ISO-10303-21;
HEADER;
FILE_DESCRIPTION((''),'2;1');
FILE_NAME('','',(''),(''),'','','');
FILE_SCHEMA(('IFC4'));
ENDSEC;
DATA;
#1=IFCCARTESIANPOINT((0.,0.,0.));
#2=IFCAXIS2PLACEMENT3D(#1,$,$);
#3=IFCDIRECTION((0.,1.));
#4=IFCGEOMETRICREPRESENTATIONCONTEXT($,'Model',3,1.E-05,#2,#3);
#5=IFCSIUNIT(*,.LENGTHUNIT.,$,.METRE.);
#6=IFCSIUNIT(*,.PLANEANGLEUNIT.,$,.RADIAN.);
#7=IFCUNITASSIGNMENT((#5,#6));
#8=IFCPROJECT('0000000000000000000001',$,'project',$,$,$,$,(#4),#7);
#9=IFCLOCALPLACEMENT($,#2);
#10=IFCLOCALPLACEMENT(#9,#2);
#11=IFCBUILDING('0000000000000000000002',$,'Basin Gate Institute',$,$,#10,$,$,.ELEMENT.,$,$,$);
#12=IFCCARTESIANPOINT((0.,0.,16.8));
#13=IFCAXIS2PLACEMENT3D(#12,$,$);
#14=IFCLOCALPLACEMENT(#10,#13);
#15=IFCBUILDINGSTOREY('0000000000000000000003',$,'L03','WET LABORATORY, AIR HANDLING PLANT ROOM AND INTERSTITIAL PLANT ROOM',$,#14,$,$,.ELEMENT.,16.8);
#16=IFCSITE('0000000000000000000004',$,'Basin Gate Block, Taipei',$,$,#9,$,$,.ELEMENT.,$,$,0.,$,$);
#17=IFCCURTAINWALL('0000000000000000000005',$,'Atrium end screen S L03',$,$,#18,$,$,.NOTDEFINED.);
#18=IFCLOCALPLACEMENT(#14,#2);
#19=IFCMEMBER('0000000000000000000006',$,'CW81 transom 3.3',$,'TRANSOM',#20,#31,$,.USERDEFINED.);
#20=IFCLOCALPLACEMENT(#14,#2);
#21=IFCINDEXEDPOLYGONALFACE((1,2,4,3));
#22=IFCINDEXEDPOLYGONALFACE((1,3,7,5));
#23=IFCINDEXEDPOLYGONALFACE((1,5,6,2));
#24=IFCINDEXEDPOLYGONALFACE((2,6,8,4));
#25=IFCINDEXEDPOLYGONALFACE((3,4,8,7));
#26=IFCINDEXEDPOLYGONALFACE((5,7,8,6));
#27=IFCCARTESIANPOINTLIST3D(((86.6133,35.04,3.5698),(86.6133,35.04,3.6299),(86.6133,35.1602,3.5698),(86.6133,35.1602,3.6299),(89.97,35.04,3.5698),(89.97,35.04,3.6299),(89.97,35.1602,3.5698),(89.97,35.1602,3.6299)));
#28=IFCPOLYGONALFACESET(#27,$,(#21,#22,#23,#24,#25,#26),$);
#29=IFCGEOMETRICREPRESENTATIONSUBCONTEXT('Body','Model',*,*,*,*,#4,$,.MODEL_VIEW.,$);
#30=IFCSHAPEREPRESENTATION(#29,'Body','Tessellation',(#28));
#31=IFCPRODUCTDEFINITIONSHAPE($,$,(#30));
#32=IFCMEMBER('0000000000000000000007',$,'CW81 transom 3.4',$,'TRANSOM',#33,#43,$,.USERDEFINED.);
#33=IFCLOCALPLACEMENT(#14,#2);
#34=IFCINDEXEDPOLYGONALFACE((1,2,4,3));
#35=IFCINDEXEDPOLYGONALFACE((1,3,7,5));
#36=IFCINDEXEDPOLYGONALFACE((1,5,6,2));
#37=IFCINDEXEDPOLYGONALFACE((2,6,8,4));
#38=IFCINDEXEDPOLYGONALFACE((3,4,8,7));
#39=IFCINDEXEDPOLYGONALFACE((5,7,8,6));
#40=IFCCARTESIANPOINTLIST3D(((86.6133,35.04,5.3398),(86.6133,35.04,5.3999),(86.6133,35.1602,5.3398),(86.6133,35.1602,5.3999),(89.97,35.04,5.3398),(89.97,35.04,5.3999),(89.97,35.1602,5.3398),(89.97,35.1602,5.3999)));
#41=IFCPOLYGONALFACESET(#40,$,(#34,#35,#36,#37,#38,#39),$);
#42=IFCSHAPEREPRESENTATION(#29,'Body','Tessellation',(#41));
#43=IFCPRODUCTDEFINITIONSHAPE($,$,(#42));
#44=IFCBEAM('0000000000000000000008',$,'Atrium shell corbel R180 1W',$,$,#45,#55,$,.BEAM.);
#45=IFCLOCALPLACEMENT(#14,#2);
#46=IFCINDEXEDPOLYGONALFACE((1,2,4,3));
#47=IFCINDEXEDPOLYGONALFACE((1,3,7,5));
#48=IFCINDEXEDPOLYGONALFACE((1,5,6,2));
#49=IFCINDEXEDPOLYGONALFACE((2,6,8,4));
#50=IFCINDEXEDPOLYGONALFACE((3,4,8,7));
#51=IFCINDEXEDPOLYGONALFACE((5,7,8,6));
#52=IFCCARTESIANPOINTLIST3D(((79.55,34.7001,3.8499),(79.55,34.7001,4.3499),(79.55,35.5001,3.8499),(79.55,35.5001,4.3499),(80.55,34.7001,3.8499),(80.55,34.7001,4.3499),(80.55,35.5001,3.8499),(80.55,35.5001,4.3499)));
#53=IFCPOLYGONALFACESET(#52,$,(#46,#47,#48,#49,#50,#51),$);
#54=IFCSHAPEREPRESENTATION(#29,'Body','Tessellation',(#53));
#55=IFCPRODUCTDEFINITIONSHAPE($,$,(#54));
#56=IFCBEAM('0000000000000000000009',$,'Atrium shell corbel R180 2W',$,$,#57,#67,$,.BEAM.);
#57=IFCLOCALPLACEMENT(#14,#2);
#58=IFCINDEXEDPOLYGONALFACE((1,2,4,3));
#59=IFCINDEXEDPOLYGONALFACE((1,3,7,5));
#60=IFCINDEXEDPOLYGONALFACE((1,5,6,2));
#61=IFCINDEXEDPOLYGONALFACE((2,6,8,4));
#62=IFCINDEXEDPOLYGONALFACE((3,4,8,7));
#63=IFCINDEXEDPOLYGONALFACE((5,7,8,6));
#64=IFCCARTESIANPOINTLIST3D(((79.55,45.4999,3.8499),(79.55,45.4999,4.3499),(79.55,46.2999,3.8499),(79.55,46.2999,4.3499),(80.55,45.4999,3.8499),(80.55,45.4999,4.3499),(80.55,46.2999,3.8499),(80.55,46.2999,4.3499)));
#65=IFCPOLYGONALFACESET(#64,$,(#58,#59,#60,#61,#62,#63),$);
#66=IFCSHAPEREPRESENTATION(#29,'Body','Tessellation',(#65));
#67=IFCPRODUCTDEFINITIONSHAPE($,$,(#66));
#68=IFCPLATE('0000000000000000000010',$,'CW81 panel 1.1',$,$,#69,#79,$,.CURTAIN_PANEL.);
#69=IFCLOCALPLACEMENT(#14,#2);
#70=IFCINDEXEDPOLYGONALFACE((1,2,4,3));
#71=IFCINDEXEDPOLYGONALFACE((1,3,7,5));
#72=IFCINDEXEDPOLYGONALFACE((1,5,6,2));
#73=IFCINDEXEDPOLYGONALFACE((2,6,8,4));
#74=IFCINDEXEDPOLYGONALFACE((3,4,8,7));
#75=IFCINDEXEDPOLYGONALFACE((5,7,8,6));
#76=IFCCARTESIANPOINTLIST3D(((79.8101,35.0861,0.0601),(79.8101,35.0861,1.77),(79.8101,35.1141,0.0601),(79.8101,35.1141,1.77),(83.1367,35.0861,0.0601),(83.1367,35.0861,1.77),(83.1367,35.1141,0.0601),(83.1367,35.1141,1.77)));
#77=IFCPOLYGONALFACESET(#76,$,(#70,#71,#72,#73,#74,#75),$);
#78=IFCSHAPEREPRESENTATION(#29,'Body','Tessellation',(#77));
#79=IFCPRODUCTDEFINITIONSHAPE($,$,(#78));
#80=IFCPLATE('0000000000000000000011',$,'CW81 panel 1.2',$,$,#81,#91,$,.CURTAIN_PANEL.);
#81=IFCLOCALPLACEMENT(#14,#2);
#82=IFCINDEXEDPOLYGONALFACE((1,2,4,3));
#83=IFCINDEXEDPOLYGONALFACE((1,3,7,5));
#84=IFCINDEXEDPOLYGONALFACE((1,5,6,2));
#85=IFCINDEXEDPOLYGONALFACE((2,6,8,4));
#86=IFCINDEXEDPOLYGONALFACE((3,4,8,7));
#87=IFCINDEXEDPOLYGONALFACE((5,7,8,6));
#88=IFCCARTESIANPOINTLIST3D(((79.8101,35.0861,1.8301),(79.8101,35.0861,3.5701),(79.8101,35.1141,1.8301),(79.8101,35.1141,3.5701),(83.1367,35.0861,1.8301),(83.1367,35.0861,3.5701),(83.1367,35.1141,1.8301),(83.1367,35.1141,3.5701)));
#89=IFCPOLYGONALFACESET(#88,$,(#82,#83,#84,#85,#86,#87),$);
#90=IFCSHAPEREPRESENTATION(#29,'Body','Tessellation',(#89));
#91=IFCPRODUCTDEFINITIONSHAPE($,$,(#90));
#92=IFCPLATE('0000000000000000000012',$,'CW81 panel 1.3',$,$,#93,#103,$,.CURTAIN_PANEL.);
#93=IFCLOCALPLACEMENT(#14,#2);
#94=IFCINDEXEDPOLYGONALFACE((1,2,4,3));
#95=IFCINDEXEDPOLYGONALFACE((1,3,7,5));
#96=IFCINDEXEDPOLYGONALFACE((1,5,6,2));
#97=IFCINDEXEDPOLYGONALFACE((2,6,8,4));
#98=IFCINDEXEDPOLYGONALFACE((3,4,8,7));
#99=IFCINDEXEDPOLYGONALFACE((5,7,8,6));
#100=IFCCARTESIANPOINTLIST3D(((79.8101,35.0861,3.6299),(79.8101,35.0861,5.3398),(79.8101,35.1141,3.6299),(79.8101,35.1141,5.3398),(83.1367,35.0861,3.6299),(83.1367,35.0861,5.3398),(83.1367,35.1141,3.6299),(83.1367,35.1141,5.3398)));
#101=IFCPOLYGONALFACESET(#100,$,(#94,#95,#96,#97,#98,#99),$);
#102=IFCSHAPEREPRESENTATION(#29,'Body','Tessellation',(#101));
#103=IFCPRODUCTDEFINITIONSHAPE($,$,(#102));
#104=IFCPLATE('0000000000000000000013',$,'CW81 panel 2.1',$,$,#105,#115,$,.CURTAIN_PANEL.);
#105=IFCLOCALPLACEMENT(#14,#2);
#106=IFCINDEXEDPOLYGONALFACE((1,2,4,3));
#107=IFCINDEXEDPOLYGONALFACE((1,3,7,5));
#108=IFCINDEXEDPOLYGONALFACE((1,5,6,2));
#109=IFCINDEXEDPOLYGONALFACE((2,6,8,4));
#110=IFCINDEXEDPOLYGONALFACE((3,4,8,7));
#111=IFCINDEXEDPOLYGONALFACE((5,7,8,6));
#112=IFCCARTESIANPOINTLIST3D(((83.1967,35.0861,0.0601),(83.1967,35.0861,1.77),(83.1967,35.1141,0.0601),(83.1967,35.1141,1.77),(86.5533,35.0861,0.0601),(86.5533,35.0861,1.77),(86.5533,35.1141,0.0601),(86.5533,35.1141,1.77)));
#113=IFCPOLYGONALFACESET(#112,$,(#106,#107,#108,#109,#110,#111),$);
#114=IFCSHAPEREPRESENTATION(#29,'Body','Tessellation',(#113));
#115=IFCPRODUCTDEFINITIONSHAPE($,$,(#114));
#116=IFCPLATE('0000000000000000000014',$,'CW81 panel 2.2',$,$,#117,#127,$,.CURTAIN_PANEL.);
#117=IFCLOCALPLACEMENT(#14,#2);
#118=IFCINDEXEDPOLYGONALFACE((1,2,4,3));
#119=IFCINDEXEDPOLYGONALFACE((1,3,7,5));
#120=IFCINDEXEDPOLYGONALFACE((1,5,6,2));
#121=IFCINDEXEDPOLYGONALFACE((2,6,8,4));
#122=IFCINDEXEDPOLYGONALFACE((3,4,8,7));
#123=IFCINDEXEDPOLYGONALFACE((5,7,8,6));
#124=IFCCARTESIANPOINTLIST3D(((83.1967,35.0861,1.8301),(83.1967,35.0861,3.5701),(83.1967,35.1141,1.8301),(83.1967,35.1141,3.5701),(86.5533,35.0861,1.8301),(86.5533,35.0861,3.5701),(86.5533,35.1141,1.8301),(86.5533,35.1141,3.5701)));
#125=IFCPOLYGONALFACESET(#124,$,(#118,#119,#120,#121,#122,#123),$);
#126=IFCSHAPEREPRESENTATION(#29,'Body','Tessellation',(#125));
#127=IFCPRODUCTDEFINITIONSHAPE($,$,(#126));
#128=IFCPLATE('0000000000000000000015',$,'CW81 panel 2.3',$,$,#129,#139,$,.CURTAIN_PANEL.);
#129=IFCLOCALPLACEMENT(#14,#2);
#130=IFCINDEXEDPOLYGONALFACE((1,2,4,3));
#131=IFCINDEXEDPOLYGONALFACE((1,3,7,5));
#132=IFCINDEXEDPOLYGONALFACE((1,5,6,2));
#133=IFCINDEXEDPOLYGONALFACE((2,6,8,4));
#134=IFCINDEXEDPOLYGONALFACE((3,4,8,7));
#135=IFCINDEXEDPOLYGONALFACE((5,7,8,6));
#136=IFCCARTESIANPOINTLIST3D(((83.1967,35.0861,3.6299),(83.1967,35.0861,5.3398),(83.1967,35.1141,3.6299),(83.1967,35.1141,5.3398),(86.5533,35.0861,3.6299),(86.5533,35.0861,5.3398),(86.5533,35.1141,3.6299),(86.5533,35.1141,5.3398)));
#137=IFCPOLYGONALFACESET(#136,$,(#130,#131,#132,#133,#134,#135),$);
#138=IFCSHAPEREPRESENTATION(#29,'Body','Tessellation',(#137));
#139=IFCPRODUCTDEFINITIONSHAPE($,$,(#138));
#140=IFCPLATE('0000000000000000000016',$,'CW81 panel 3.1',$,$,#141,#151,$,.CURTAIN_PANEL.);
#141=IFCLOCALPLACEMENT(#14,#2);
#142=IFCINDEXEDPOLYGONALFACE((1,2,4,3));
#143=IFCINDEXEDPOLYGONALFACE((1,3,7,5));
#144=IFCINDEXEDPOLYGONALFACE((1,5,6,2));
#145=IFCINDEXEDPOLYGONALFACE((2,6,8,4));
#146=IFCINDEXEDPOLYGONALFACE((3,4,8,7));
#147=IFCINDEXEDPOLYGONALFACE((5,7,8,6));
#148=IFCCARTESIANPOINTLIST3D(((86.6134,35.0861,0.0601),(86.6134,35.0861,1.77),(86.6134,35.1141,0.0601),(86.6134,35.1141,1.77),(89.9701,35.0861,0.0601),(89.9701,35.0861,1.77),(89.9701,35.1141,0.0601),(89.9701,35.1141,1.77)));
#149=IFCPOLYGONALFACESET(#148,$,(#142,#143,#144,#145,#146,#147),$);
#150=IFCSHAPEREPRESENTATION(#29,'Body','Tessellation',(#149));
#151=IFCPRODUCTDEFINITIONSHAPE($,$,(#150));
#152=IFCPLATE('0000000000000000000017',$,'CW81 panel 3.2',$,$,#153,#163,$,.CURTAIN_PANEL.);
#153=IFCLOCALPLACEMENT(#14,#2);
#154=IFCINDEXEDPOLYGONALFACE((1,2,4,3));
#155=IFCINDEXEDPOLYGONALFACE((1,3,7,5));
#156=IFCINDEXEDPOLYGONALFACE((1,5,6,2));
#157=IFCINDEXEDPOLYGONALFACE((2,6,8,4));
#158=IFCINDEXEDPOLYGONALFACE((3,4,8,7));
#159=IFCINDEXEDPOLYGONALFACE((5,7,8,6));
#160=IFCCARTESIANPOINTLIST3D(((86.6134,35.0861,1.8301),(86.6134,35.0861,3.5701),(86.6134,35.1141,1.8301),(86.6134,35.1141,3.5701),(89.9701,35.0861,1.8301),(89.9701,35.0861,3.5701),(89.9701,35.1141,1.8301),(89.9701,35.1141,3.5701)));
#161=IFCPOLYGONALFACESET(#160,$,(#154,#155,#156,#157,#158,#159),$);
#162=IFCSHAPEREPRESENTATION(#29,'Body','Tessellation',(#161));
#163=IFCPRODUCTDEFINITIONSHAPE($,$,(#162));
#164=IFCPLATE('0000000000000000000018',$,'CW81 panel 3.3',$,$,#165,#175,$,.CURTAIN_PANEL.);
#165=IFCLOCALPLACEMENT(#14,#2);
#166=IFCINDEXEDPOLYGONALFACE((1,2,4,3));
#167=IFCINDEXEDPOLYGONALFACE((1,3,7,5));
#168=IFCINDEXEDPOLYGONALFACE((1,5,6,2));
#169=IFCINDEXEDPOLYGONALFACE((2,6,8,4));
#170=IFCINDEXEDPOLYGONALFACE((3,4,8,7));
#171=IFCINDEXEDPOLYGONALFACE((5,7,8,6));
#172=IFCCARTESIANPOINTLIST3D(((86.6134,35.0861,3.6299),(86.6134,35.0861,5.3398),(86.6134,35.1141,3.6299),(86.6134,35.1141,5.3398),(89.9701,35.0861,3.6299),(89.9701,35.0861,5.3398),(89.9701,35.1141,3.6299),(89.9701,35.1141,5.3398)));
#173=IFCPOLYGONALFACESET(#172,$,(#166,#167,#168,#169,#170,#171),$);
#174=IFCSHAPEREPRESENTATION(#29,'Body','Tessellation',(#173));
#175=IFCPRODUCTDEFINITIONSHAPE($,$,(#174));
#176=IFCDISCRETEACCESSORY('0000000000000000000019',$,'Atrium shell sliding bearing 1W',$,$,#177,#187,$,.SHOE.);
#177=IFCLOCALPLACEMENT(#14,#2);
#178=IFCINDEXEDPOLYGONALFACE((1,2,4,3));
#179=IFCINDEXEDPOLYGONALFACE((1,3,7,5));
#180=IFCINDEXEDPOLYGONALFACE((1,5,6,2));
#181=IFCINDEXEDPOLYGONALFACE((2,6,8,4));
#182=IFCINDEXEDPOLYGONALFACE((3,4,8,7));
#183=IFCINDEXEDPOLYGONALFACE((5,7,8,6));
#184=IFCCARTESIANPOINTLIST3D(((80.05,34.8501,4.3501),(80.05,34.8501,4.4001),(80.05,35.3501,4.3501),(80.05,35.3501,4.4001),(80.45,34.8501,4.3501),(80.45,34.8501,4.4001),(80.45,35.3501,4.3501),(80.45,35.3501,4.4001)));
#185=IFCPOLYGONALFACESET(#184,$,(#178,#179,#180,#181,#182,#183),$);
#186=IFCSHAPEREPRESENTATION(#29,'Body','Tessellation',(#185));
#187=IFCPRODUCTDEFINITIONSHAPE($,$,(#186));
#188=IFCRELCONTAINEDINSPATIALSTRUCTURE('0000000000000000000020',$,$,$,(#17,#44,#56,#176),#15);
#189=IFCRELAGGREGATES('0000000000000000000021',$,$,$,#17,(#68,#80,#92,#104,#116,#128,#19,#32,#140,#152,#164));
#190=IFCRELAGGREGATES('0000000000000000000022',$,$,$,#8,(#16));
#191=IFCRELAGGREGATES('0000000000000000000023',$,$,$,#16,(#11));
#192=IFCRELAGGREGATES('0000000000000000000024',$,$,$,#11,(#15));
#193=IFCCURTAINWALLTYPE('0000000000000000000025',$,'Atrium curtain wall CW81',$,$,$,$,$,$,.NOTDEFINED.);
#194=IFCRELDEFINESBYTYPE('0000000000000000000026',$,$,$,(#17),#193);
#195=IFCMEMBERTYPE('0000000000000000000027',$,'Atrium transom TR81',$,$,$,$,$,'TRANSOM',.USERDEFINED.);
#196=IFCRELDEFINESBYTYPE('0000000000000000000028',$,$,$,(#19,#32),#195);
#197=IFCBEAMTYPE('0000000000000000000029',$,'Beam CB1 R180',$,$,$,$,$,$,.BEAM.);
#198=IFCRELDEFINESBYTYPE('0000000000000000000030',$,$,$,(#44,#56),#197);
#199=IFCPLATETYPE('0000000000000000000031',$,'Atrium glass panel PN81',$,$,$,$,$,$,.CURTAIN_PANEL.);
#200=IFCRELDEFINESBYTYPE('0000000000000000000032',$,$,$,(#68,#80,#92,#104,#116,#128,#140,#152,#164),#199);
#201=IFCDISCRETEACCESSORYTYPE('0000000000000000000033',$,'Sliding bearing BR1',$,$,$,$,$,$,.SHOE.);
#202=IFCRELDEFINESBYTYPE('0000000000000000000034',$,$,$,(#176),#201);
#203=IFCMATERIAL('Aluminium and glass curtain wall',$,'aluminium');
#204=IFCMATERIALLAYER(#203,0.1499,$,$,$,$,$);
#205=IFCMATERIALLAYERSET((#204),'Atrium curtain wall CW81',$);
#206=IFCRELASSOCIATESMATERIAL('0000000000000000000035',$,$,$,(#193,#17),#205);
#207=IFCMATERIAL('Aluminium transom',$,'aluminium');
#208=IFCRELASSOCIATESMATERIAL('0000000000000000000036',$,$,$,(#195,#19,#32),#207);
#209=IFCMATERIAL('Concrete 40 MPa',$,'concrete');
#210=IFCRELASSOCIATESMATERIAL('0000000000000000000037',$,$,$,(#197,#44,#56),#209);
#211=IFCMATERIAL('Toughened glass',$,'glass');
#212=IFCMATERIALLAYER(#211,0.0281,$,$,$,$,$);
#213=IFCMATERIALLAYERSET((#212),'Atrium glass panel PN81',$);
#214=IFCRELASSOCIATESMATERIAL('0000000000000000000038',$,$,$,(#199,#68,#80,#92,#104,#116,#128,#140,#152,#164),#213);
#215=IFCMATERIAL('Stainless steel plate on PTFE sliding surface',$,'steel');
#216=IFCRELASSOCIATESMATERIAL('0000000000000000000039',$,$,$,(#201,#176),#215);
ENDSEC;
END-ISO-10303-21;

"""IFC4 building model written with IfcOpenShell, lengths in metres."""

from ifc_helpers import new_model, si_unit, direction, frame, origin, origin_2d, place, context, subcontext, project, spatial, rectangle, extrude, material, layer, layer_set, material_profile, profile_set, type_object, element, aggregate, save


model = new_model("IFC4")

# Units and contexts
model_context = context("Model", 3, precision=1e-05, world=origin(), true_north=direction((0.0, 1.0)))
body_context = subcontext(model_context, "Body", "Model", "MODEL_VIEW")
ifc_project = project(units=[si_unit("LENGTHUNIT", "METRE"), si_unit("PLANEANGLEUNIT", "RADIAN")], contexts=[model_context])

# Site, building, storey
site_placement = place(None, origin())
site = spatial("IfcSite", under=ifc_project, at=site_placement, Name="Basin Gate Block, Taipei", CompositionType="ELEMENT", RefElevation=0.0)
building_placement = place(site_placement, origin())
building = spatial("IfcBuilding", under=site, at=building_placement, Name="Basin Gate Institute", CompositionType="ELEMENT")
storey_placement = place(building_placement, frame((0.0, 0.0, 16.8)))
storey = spatial("IfcBuildingStorey", under=building, at=storey_placement, Name="L03", Description="WET LABORATORY, AIR HANDLING PLANT ROOM AND INTERSTITIAL PLANT ROOM", CompositionType="ELEMENT", Elevation=16.8)

# Curtain wall, members
ifc_material_1 = material(Name="Aluminium and glass curtain wall", Category="aluminium")
ifc_layer_1 = layer(ifc_material_1, 0.1499)
ifc_layer_set_1 = layer_set([ifc_layer_1], Name="Atrium curtain wall CW81")
curtain_wall_type = type_object("IfcCurtainWallType", Name="Atrium curtain wall CW81", PredefinedType="NOTDEFINED", material=ifc_layer_set_1)
curtain_wall_placement = place(storey_placement, origin())
curtain_wall = element("IfcCurtainWall", 1, at=curtain_wall_placement, inside=storey, type_object=curtain_wall_type, material=ifc_layer_set_1, Name="Atrium end screen S L03", PredefinedType="NOTDEFINED")
ifc_material_2 = material(Name="Aluminium transom", Category="aluminium")
ifc_material_profile_1 = material_profile(ifc_material_2, rectangle(XDim=0.1201, YDim=0.0601, at=origin_2d()), Name="Atrium transom TR81 120 x 60")
ifc_profile_set_1 = profile_set([ifc_material_profile_1], Name="Aluminium transom")
member_type_1 = type_object("IfcMemberType", Name="Atrium transom TR81", ElementType="TRANSOM", PredefinedType="USERDEFINED", material=ifc_profile_set_1)
member_1_placement = place(storey_placement, frame((86.6133, 35.1001, 3.5999), z_axis=(1.0, 0.0, 0.0), x_axis=(0.0, 1.0, 0.0)))
member_1 = element("IfcMember", 2, at=member_1_placement, type_object=member_type_1, material=ifc_profile_set_1, Name="CW81 transom 3.3", ObjectType="TRANSOM", PredefinedType="USERDEFINED", context=body_context, shape_type="SweptSolid", body=[
    extrude(rectangle(XDim=0.1201, YDim=0.0601, at=origin_2d()), origin(), (0.0, 0.0, 1.0), 3.3567),
])
member_2_placement = place(storey_placement, frame((86.6133, 35.1001, 5.3699), z_axis=(1.0, 0.0, 0.0), x_axis=(0.0, 1.0, 0.0)))
member_2 = element("IfcMember", 3, at=member_2_placement, type_object=member_type_1, material=ifc_profile_set_1, Name="CW81 transom 3.4", ObjectType="TRANSOM", PredefinedType="USERDEFINED", context=body_context, shape_type="SweptSolid", body=[
    extrude(rectangle(XDim=0.1201, YDim=0.0601, at=origin_2d()), origin(), (0.0, 0.0, 1.0), 3.3567),
])

# Beams
ifc_material_3 = material(Name="Concrete 40 MPa", Category="concrete")
ifc_material_profile_2 = material_profile(ifc_material_3, rectangle(XDim=0.8, YDim=0.5, at=origin_2d()), Name="Beam CB1 800 x 500")
ifc_profile_set_2 = profile_set([ifc_material_profile_2], Name="Concrete 40 MPa")
beam_type = type_object("IfcBeamType", Name="Beam CB1 R180", PredefinedType="BEAM", material=ifc_profile_set_2)
for number, where, z_axis, x_axis, name in (
    (4, (79.55, 35.1001, 4.0999), (1.0, 0.0, 0.0), (0.0, 1.0, 0.0), "Atrium shell corbel R180 1W"),
    (5, (79.55, 45.8999, 4.0999), (1.0, 0.0, 0.0), (0.0, 1.0, 0.0), "Atrium shell corbel R180 2W"),
):
    element("IfcBeam", number, at=place(storey_placement, frame(where, z_axis=z_axis, x_axis=x_axis)), inside=storey, type_object=beam_type, material=ifc_profile_set_2, Name=name, PredefinedType="BEAM", context=body_context, shape_type="SweptSolid", body=[
        extrude(rectangle(XDim=0.8, YDim=0.5, at=origin_2d()), origin(), (0.0, 0.0, 1.0), 1.0),
    ])

# Plates
ifc_material_4 = material(Name="Toughened glass", Category="glass")
ifc_layer_2 = layer(ifc_material_4, 0.0281)
ifc_layer_set_2 = layer_set([ifc_layer_2], Name="Atrium glass panel PN81")
plate_type = type_object("IfcPlateType", Name="Atrium glass panel PN81", PredefinedType="CURTAIN_PANEL", material=ifc_layer_set_2)
plate_1_placement = place(storey_placement, frame((81.4734, 35.1001, 0.0601), z_axis=(0.0, 0.0, 1.0), x_axis=(1.0, 0.0, 0.0)))
plate_1 = element("IfcPlate", 6, at=plate_1_placement, type_object=plate_type, material=ifc_layer_set_2, Name="CW81 panel 1.1", PredefinedType="CURTAIN_PANEL", context=body_context, shape_type="SweptSolid", body=[
    extrude(rectangle(XDim=3.3267, YDim=0.0281, at=origin_2d()), origin(), (0.0, 0.0, 1.0), 1.71),
])
plate_2_placement = place(storey_placement, frame((81.4734, 35.1001, 1.8301), z_axis=(0.0, 0.0, 1.0), x_axis=(1.0, 0.0, 0.0)))
plate_2 = element("IfcPlate", 7, at=plate_2_placement, type_object=plate_type, material=ifc_layer_set_2, Name="CW81 panel 1.2", PredefinedType="CURTAIN_PANEL", context=body_context, shape_type="SweptSolid", body=[
    extrude(rectangle(XDim=3.3267, YDim=0.0281, at=origin_2d()), origin(), (0.0, 0.0, 1.0), 1.74),
])
plate_3_placement = place(storey_placement, frame((81.4734, 35.1001, 3.6299), z_axis=(0.0, 0.0, 1.0), x_axis=(1.0, 0.0, 0.0)))
plate_3 = element("IfcPlate", 8, at=plate_3_placement, type_object=plate_type, material=ifc_layer_set_2, Name="CW81 panel 1.3", PredefinedType="CURTAIN_PANEL", context=body_context, shape_type="SweptSolid", body=[
    extrude(rectangle(XDim=3.3267, YDim=0.0281, at=origin_2d()), origin(), (0.0, 0.0, 1.0), 1.71),
])
plate_4_placement = place(storey_placement, frame((84.875, 35.1001, 0.0601), z_axis=(0.0, 0.0, 1.0), x_axis=(1.0, 0.0, 0.0)))
plate_4 = element("IfcPlate", 9, at=plate_4_placement, type_object=plate_type, material=ifc_layer_set_2, Name="CW81 panel 2.1", PredefinedType="CURTAIN_PANEL", context=body_context, shape_type="SweptSolid", body=[
    extrude(rectangle(XDim=3.3567, YDim=0.0281, at=origin_2d()), origin(), (0.0, 0.0, 1.0), 1.71),
])
plate_5_placement = place(storey_placement, frame((84.875, 35.1001, 1.8301), z_axis=(0.0, 0.0, 1.0), x_axis=(1.0, 0.0, 0.0)))
plate_5 = element("IfcPlate", 10, at=plate_5_placement, type_object=plate_type, material=ifc_layer_set_2, Name="CW81 panel 2.2", PredefinedType="CURTAIN_PANEL", context=body_context, shape_type="SweptSolid", body=[
    extrude(rectangle(XDim=3.3567, YDim=0.0281, at=origin_2d()), origin(), (0.0, 0.0, 1.0), 1.74),
])
plate_6_placement = place(storey_placement, frame((84.875, 35.1001, 3.6299), z_axis=(0.0, 0.0, 1.0), x_axis=(1.0, 0.0, 0.0)))
plate_6 = element("IfcPlate", 11, at=plate_6_placement, type_object=plate_type, material=ifc_layer_set_2, Name="CW81 panel 2.3", PredefinedType="CURTAIN_PANEL", context=body_context, shape_type="SweptSolid", body=[
    extrude(rectangle(XDim=3.3567, YDim=0.0281, at=origin_2d()), origin(), (0.0, 0.0, 1.0), 1.71),
])
plate_7_placement = place(storey_placement, frame((88.2917, 35.1001, 0.0601), z_axis=(0.0, 0.0, 1.0), x_axis=(1.0, 0.0, 0.0)))
plate_7 = element("IfcPlate", 12, at=plate_7_placement, type_object=plate_type, material=ifc_layer_set_2, Name="CW81 panel 3.1", PredefinedType="CURTAIN_PANEL", context=body_context, shape_type="SweptSolid", body=[
    extrude(rectangle(XDim=3.3567, YDim=0.0281, at=origin_2d()), origin(), (0.0, 0.0, 1.0), 1.71),
])
plate_8_placement = place(storey_placement, frame((88.2917, 35.1001, 1.8301), z_axis=(0.0, 0.0, 1.0), x_axis=(1.0, 0.0, 0.0)))
plate_8 = element("IfcPlate", 13, at=plate_8_placement, type_object=plate_type, material=ifc_layer_set_2, Name="CW81 panel 3.2", PredefinedType="CURTAIN_PANEL", context=body_context, shape_type="SweptSolid", body=[
    extrude(rectangle(XDim=3.3567, YDim=0.0281, at=origin_2d()), origin(), (0.0, 0.0, 1.0), 1.74),
])
plate_9_placement = place(storey_placement, frame((88.2917, 35.1001, 3.6299), z_axis=(0.0, 0.0, 1.0), x_axis=(1.0, 0.0, 0.0)))
plate_9 = element("IfcPlate", 14, at=plate_9_placement, type_object=plate_type, material=ifc_layer_set_2, Name="CW81 panel 3.3", PredefinedType="CURTAIN_PANEL", context=body_context, shape_type="SweptSolid", body=[
    extrude(rectangle(XDim=3.3567, YDim=0.0281, at=origin_2d()), origin(), (0.0, 0.0, 1.0), 1.71),
])
aggregate(curtain_wall, [plate_1, plate_2, plate_3, plate_4, plate_5, plate_6, member_1, member_2, plate_7, plate_8, plate_9])

# Discrete accessory
ifc_material_5 = material(Name="Stainless steel plate on PTFE sliding surface", Category="steel")
discrete_accessory_type = type_object("IfcDiscreteAccessoryType", Name="Sliding bearing BR1", PredefinedType="SHOE", material=ifc_material_5)
discrete_accessory_placement = place(storey_placement, frame((80.25, 35.1001, 4.3501), z_axis=(0.0, 0.0, 1.0), x_axis=(1.0, 0.0, 0.0)))
element("IfcDiscreteAccessory", 15, at=discrete_accessory_placement, inside=storey, type_object=discrete_accessory_type, material=ifc_material_5, Name="Atrium shell sliding bearing 1W", PredefinedType="SHOE", context=body_context, shape_type="SweptSolid", body=[
    extrude(rectangle(XDim=0.3999, YDim=0.5, at=origin_2d()), origin(), (0.0, 0.0, 1.0), 0.05),
])

save(model, "model.ifc")
